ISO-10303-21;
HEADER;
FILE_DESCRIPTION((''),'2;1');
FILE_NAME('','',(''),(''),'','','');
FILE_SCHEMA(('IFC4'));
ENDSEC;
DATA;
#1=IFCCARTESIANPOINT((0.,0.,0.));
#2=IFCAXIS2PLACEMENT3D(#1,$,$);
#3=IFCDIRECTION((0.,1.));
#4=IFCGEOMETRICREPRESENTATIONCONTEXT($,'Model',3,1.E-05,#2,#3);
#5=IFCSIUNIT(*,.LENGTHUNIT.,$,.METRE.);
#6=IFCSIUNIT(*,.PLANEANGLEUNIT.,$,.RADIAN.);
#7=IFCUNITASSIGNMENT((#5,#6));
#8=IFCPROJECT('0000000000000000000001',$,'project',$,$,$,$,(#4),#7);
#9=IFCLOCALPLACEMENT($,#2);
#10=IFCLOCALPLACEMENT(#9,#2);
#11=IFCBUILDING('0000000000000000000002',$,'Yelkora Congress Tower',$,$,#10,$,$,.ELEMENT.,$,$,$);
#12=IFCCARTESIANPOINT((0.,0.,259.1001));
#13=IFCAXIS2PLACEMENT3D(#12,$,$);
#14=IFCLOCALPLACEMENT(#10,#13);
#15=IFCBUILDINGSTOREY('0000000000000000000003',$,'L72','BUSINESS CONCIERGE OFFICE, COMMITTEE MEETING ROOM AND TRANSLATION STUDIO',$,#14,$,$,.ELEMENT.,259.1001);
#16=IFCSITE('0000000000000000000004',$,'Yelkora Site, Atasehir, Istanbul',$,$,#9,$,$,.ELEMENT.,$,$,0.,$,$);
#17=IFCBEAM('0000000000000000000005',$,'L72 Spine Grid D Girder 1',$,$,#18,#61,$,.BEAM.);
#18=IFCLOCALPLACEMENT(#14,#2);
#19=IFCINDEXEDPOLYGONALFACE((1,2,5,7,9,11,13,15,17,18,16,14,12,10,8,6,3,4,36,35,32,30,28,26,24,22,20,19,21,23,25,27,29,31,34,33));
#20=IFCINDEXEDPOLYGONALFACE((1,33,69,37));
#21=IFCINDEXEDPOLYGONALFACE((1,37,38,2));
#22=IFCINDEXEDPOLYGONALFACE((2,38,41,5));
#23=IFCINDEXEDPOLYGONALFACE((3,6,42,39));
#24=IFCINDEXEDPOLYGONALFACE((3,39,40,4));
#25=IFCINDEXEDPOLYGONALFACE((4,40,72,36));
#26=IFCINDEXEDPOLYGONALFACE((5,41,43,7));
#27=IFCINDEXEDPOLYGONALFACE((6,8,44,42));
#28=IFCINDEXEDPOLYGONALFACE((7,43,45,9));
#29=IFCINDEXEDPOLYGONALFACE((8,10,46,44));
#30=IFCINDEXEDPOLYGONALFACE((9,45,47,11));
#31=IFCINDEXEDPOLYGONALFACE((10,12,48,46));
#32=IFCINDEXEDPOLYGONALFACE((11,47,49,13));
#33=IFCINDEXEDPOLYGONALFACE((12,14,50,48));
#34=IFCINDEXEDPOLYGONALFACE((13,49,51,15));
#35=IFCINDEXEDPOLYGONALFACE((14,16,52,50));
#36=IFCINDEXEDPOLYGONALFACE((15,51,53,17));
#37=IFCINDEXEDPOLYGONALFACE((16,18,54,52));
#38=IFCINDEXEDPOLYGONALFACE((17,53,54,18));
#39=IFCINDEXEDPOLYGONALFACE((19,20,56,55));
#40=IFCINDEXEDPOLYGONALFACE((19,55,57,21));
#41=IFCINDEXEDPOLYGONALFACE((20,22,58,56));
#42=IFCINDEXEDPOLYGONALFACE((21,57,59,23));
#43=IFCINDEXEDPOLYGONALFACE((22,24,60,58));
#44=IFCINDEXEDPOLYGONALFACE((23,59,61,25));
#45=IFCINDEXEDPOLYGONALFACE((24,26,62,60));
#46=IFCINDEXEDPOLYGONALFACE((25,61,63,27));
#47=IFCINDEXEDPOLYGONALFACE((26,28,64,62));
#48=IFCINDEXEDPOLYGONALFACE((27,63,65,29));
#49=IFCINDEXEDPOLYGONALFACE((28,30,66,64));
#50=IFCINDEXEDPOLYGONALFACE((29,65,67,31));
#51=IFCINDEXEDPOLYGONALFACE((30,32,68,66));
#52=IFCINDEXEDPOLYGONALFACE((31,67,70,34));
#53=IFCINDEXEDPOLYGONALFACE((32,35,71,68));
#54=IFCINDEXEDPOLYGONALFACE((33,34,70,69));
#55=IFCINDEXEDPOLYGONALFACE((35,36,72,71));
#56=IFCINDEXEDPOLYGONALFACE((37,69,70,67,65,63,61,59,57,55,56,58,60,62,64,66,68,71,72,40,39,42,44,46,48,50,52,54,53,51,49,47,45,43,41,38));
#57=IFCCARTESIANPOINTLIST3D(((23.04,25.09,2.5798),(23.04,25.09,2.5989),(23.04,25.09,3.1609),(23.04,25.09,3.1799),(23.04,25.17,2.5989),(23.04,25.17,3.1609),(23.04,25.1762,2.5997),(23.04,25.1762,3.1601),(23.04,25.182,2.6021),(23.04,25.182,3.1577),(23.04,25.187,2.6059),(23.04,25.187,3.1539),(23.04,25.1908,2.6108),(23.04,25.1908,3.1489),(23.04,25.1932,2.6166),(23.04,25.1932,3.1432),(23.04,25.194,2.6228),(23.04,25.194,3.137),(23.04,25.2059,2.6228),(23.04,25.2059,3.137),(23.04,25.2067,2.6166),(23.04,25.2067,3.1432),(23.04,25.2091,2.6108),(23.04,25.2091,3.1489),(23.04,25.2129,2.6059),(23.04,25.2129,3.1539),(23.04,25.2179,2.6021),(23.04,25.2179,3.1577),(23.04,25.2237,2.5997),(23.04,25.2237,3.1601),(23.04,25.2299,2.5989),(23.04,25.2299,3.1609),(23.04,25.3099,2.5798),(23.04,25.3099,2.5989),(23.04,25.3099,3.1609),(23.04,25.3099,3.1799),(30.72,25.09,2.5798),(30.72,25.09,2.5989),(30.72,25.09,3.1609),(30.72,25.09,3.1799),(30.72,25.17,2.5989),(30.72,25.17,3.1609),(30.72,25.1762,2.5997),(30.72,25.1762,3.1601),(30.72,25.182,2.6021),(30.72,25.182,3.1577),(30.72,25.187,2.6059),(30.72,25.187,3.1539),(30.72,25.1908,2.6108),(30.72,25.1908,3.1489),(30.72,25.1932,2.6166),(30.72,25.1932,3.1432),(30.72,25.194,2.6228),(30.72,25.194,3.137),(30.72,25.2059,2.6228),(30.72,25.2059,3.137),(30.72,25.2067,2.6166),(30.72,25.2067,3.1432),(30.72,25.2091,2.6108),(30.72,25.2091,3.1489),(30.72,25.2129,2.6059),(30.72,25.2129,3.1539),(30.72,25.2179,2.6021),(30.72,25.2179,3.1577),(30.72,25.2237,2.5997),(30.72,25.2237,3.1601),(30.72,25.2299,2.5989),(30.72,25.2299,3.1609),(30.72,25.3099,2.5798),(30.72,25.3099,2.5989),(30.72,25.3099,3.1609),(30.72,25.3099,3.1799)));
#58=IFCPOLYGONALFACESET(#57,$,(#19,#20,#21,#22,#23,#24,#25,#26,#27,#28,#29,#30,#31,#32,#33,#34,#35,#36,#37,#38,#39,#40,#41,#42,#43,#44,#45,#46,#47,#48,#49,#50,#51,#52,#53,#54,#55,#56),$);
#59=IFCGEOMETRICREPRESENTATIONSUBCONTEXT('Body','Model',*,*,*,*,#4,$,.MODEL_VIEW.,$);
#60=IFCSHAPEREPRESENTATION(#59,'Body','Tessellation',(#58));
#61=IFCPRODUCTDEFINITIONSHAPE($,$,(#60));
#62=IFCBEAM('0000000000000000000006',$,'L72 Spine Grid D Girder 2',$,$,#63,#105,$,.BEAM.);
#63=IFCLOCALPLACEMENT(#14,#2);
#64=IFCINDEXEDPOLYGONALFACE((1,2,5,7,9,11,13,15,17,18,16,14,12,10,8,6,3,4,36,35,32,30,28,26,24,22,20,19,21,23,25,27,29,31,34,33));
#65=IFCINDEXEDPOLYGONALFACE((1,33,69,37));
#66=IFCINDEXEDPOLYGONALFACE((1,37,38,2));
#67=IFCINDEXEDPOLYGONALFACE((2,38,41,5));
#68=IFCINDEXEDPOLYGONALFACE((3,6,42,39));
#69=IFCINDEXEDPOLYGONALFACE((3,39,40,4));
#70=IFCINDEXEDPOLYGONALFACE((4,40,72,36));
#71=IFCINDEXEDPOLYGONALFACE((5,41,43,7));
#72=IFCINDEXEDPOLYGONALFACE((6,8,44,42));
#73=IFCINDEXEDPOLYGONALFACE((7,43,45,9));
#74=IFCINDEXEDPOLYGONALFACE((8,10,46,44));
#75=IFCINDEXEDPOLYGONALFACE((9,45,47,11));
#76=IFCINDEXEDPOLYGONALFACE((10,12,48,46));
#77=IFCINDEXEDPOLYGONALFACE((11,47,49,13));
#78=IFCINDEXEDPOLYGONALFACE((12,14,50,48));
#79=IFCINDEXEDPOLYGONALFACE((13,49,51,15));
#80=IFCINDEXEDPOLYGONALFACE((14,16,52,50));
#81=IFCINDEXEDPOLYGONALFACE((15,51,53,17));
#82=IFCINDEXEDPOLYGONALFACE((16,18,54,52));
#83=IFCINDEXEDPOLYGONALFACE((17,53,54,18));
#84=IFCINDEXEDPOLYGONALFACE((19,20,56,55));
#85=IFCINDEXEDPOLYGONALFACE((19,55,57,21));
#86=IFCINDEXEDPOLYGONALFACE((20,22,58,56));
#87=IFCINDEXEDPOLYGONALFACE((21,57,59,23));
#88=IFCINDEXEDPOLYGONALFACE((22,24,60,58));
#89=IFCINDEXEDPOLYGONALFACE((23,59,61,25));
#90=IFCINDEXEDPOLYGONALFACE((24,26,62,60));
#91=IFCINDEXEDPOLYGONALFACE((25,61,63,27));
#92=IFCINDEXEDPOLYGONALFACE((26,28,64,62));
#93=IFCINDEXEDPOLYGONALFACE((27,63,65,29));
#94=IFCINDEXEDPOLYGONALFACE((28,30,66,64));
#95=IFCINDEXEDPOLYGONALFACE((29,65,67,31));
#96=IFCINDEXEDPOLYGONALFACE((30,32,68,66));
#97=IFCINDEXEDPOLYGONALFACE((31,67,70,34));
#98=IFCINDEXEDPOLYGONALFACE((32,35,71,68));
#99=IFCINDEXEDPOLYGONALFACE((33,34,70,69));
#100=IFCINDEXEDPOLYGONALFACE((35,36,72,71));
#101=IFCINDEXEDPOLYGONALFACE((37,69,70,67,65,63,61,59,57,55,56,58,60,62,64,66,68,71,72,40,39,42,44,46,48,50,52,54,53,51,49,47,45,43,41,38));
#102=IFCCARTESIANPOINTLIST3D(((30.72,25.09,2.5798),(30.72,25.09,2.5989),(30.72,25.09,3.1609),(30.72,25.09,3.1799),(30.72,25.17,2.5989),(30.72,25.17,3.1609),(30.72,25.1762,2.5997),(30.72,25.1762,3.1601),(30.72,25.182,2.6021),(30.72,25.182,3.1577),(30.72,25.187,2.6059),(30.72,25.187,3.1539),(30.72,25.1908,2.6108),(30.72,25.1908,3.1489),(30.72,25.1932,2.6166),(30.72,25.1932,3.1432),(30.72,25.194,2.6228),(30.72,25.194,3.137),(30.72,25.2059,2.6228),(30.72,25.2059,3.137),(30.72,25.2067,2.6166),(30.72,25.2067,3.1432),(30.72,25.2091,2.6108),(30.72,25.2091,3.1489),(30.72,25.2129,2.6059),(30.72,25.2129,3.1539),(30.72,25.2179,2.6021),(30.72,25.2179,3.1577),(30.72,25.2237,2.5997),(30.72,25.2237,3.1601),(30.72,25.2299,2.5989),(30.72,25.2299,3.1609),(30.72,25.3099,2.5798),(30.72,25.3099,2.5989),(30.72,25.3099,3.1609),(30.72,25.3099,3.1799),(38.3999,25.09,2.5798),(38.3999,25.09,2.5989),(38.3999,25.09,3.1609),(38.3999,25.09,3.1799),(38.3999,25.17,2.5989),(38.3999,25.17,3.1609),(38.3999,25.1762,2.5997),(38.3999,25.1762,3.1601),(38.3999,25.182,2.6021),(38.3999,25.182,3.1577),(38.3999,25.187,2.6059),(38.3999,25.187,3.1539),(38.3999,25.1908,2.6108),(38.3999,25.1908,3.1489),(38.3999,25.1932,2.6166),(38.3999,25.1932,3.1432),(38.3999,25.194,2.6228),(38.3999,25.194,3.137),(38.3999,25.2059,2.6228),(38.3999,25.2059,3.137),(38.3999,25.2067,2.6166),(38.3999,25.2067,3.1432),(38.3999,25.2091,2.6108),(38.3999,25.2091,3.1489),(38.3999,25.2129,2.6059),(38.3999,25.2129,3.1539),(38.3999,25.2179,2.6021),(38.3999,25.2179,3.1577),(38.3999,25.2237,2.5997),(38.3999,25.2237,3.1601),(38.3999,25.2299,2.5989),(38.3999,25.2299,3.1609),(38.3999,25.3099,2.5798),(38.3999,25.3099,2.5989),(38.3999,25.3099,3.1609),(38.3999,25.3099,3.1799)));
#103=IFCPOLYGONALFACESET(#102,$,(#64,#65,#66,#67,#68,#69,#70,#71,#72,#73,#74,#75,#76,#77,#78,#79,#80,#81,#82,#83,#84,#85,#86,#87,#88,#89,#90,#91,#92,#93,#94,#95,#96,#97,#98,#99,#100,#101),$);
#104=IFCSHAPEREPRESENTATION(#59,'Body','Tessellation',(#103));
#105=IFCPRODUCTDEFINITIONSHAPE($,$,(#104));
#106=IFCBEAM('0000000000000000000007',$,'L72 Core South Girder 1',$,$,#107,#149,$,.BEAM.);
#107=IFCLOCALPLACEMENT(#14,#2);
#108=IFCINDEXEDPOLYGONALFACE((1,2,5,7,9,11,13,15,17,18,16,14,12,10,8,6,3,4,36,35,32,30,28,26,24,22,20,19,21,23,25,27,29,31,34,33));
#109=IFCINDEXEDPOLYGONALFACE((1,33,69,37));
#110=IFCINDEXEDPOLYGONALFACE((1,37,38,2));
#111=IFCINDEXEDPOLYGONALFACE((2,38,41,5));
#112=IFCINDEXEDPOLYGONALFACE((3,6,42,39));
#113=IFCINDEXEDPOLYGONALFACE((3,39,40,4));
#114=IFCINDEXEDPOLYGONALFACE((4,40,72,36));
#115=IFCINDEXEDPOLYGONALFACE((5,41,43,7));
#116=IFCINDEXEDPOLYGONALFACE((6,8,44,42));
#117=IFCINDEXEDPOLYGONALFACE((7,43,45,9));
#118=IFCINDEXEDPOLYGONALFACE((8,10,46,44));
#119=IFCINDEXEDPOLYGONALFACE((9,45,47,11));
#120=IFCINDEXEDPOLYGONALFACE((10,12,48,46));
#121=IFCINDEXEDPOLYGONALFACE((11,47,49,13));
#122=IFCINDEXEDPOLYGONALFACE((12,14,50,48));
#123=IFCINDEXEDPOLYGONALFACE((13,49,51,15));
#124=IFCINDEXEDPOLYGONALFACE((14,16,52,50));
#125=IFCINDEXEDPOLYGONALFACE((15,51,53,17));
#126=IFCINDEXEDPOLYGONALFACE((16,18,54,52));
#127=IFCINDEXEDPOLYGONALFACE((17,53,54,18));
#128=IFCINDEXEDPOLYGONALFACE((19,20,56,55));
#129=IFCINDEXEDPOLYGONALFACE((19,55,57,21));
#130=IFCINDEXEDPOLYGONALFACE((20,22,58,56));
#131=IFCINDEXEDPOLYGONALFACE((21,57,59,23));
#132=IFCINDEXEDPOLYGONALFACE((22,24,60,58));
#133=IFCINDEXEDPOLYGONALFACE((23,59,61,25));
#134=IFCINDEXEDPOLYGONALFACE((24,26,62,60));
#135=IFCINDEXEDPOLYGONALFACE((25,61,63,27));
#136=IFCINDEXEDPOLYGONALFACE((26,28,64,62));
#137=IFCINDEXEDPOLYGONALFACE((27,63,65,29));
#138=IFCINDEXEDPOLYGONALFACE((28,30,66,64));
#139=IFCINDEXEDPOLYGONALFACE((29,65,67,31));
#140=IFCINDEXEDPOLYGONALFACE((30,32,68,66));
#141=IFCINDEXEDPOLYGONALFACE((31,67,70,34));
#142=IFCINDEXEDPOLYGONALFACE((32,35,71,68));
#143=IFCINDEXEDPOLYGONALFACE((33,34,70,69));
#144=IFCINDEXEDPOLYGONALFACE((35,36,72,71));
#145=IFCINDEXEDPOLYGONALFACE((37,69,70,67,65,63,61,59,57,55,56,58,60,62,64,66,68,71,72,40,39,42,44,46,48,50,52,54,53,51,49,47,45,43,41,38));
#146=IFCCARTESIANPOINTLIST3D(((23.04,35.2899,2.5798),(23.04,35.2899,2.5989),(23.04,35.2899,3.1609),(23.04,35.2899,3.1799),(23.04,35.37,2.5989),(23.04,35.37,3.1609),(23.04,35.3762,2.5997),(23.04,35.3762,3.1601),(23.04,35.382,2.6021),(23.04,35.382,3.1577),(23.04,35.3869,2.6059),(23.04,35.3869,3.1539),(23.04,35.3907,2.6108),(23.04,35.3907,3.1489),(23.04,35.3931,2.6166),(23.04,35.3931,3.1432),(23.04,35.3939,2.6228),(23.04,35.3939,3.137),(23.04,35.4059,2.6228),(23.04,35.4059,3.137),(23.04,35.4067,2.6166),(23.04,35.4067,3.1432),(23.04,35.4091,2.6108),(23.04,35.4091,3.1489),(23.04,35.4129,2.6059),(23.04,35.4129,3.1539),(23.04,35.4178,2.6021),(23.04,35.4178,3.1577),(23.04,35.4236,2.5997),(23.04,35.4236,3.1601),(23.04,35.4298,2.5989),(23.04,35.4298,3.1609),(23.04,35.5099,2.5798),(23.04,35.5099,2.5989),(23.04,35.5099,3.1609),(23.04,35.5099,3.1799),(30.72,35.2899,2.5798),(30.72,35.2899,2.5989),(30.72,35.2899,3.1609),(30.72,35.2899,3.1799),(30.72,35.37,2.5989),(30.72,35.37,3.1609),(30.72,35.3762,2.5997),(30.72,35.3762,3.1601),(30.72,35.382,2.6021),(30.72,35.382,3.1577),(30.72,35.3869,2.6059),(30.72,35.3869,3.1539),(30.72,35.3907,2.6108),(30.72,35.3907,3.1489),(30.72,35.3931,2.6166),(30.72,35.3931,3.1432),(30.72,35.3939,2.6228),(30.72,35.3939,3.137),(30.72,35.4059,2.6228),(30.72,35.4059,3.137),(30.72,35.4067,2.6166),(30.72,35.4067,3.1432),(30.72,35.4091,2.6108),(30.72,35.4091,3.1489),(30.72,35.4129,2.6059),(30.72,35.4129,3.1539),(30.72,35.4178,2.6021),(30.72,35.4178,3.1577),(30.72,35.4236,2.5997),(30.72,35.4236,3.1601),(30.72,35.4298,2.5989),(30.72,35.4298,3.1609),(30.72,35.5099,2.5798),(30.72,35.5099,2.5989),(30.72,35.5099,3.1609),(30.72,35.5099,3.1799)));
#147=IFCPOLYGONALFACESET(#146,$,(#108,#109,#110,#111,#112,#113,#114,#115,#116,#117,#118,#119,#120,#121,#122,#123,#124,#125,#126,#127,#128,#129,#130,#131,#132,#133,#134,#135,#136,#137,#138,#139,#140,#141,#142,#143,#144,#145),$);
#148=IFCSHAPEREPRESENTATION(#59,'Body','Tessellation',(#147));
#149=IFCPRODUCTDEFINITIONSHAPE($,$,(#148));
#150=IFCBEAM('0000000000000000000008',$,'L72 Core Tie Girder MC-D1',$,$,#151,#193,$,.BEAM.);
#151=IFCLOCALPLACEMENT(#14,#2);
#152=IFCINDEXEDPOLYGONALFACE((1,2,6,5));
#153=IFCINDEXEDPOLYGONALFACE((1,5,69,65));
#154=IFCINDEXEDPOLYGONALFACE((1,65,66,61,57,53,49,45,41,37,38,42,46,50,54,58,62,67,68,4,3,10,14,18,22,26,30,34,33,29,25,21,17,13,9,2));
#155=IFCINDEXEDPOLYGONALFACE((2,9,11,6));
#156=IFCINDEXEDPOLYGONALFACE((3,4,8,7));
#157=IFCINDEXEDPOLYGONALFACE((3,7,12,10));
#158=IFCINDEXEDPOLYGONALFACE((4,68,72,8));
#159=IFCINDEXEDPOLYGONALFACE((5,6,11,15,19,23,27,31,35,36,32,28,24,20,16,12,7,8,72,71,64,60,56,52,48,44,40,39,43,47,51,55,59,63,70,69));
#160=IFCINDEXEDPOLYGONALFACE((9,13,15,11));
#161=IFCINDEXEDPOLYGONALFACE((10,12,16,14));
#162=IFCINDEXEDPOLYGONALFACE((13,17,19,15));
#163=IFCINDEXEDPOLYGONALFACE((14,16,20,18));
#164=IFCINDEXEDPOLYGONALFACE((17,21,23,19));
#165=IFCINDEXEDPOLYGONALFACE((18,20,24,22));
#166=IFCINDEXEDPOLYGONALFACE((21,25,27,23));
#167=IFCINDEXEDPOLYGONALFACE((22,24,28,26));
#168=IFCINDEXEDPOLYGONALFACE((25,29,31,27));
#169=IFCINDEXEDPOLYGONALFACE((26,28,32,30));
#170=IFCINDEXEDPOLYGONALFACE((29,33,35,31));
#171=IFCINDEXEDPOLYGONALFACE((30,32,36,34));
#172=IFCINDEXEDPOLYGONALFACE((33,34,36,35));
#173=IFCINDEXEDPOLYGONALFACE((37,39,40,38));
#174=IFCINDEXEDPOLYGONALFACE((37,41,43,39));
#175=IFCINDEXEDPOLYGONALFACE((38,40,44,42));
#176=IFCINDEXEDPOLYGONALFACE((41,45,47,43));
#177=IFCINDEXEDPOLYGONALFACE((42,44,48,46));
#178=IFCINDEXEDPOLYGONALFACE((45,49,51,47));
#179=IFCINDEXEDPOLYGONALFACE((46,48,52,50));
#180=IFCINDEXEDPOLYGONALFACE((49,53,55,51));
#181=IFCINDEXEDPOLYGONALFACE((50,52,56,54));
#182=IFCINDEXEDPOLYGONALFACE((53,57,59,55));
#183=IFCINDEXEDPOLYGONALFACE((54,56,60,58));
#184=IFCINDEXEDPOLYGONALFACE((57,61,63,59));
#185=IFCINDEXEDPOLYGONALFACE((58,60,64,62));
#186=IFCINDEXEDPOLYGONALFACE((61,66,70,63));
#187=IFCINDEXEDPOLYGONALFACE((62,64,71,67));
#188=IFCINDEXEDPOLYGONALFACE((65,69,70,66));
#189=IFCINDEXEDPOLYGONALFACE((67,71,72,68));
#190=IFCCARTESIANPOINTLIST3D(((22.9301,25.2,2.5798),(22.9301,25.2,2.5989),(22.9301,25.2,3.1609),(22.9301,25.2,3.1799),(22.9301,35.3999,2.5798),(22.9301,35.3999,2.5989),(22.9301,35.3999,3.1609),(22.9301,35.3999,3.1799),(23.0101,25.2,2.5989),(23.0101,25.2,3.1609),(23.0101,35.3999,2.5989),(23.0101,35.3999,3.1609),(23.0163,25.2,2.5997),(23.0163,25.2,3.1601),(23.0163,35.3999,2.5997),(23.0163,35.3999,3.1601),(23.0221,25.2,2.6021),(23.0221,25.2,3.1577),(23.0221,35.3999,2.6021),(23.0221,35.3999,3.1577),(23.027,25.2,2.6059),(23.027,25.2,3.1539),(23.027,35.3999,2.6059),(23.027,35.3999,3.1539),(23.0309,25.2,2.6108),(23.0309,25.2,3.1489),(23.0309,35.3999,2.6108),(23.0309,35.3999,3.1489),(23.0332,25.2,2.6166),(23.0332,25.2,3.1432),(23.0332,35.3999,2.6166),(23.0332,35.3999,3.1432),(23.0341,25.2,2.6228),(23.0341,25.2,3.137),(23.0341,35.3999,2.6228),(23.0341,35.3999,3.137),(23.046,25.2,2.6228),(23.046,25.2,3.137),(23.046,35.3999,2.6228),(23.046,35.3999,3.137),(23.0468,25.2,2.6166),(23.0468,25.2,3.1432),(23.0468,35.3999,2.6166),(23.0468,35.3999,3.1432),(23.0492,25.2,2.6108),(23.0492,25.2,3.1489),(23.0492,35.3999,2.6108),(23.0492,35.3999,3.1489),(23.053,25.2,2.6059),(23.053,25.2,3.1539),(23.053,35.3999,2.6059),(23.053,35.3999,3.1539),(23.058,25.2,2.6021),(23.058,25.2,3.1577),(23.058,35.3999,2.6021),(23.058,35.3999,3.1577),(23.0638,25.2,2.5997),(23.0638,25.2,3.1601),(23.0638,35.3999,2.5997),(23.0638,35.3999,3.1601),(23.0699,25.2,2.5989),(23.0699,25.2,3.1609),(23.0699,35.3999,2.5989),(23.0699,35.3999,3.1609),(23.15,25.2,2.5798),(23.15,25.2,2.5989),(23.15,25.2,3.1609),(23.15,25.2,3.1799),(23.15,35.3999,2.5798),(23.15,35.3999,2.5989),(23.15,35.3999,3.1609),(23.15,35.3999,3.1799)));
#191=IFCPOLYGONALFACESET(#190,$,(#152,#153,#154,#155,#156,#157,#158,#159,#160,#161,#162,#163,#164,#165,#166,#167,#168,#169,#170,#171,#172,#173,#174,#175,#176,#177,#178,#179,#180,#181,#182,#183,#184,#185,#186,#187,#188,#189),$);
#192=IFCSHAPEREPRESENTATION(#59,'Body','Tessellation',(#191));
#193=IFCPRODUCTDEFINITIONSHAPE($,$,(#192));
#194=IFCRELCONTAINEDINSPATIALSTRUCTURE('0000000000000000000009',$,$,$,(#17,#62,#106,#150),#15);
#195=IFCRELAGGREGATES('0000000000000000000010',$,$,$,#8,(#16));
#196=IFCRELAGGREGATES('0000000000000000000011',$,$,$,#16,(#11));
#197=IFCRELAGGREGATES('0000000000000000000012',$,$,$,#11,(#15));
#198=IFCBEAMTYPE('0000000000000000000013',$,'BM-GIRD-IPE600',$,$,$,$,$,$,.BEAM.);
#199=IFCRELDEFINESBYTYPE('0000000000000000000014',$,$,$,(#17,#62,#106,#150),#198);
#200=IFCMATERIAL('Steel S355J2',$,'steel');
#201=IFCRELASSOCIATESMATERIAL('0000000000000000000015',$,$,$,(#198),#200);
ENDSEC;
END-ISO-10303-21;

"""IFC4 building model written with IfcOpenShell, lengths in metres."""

from ifc_helpers import new_model, si_unit, direction, frame, origin, origin_2d, place, context, subcontext, project, spatial, i_section, extrude, material, material_profile, profile_set, type_object, element, save


model = new_model("IFC4")

# Units and contexts
model_context = context("Model", 3, precision=1e-05, world=origin(), true_north=direction((0.0, 1.0)))
body_context = subcontext(model_context, "Body", "Model", "MODEL_VIEW")
ifc_project = project(units=[si_unit("LENGTHUNIT", "METRE"), si_unit("PLANEANGLEUNIT", "RADIAN")], contexts=[model_context])

# Site, building, storey
site_placement = place(None, origin())
site = spatial("IfcSite", under=ifc_project, at=site_placement, Name="Yelkora Site, Atasehir, Istanbul", CompositionType="ELEMENT", RefElevation=0.0)
building_placement = place(site_placement, origin())
building = spatial("IfcBuilding", under=site, at=building_placement, Name="Yelkora Congress Tower", CompositionType="ELEMENT")
storey_placement = place(building_placement, frame((0.0, 0.0, 259.1001)))
storey = spatial("IfcBuildingStorey", under=building, at=storey_placement, Name="L72", Description="BUSINESS CONCIERGE OFFICE, COMMITTEE MEETING ROOM AND TRANSLATION STUDIO", CompositionType="ELEMENT", Elevation=259.1001)

# Beams
ifc_material_1 = material(Name="Steel S355J2", Category="steel")
ifc_material_profile_1 = material_profile(ifc_material_1, i_section(OverallWidth=0.22, OverallDepth=0.6001, WebThickness=0.012, FlangeThickness=0.019, FilletRadius=0.0239, at=origin_2d()), Name="IPE 600")
ifc_profile_set_1 = profile_set([ifc_material_profile_1], Name="Steel S355J2")
beam_type_1 = type_object("IfcBeamType", Name="BM-GIRD-IPE600", PredefinedType="BEAM", material=ifc_profile_set_1)
for number, where, z_axis, x_axis, name in (
    (1, (23.04, 25.2, 2.8799), (1.0, 0.0, 0.0), (0.0, 1.0, 0.0), "L72 Spine Grid D Girder 1"),
    (2, (30.72, 25.2, 2.8799), (1.0, 0.0, 0.0), (0.0, 1.0, 0.0), "L72 Spine Grid D Girder 2"),
    (3, (23.04, 35.3999, 2.8799), (1.0, 0.0, 0.0), (0.0, 1.0, 0.0), "L72 Core South Girder 1"),
):
    element("IfcBeam", number, at=place(storey_placement, frame(where, z_axis=z_axis, x_axis=x_axis)), inside=storey, type_object=beam_type_1, Name=name, PredefinedType="BEAM", context=body_context, shape_type="SweptSolid", body=[
        extrude(i_section(OverallWidth=0.22, OverallDepth=0.6001, WebThickness=0.012, FlangeThickness=0.019, FilletRadius=0.0239, at=origin_2d()), origin(), (0.0, 0.0, 1.0), 7.6799),
    ])
for number, where, z_axis, x_axis, name in (
    (4, (23.04, 25.2, 2.8799), (0.0, 1.0, 0.0), (-1.0, 0.0, 0.0), "L72 Core Tie Girder MC-D1"),
):
    element("IfcBeam", number, at=place(storey_placement, frame(where, z_axis=z_axis, x_axis=x_axis)), inside=storey, type_object=beam_type_1, Name=name, PredefinedType="BEAM", context=body_context, shape_type="SweptSolid", body=[
        extrude(i_section(OverallWidth=0.22, OverallDepth=0.6001, WebThickness=0.012, FlangeThickness=0.019, FilletRadius=0.0239, at=origin_2d()), origin(), (0.0, 0.0, 1.0), 10.2),
    ])

save(model, "model.ifc")
